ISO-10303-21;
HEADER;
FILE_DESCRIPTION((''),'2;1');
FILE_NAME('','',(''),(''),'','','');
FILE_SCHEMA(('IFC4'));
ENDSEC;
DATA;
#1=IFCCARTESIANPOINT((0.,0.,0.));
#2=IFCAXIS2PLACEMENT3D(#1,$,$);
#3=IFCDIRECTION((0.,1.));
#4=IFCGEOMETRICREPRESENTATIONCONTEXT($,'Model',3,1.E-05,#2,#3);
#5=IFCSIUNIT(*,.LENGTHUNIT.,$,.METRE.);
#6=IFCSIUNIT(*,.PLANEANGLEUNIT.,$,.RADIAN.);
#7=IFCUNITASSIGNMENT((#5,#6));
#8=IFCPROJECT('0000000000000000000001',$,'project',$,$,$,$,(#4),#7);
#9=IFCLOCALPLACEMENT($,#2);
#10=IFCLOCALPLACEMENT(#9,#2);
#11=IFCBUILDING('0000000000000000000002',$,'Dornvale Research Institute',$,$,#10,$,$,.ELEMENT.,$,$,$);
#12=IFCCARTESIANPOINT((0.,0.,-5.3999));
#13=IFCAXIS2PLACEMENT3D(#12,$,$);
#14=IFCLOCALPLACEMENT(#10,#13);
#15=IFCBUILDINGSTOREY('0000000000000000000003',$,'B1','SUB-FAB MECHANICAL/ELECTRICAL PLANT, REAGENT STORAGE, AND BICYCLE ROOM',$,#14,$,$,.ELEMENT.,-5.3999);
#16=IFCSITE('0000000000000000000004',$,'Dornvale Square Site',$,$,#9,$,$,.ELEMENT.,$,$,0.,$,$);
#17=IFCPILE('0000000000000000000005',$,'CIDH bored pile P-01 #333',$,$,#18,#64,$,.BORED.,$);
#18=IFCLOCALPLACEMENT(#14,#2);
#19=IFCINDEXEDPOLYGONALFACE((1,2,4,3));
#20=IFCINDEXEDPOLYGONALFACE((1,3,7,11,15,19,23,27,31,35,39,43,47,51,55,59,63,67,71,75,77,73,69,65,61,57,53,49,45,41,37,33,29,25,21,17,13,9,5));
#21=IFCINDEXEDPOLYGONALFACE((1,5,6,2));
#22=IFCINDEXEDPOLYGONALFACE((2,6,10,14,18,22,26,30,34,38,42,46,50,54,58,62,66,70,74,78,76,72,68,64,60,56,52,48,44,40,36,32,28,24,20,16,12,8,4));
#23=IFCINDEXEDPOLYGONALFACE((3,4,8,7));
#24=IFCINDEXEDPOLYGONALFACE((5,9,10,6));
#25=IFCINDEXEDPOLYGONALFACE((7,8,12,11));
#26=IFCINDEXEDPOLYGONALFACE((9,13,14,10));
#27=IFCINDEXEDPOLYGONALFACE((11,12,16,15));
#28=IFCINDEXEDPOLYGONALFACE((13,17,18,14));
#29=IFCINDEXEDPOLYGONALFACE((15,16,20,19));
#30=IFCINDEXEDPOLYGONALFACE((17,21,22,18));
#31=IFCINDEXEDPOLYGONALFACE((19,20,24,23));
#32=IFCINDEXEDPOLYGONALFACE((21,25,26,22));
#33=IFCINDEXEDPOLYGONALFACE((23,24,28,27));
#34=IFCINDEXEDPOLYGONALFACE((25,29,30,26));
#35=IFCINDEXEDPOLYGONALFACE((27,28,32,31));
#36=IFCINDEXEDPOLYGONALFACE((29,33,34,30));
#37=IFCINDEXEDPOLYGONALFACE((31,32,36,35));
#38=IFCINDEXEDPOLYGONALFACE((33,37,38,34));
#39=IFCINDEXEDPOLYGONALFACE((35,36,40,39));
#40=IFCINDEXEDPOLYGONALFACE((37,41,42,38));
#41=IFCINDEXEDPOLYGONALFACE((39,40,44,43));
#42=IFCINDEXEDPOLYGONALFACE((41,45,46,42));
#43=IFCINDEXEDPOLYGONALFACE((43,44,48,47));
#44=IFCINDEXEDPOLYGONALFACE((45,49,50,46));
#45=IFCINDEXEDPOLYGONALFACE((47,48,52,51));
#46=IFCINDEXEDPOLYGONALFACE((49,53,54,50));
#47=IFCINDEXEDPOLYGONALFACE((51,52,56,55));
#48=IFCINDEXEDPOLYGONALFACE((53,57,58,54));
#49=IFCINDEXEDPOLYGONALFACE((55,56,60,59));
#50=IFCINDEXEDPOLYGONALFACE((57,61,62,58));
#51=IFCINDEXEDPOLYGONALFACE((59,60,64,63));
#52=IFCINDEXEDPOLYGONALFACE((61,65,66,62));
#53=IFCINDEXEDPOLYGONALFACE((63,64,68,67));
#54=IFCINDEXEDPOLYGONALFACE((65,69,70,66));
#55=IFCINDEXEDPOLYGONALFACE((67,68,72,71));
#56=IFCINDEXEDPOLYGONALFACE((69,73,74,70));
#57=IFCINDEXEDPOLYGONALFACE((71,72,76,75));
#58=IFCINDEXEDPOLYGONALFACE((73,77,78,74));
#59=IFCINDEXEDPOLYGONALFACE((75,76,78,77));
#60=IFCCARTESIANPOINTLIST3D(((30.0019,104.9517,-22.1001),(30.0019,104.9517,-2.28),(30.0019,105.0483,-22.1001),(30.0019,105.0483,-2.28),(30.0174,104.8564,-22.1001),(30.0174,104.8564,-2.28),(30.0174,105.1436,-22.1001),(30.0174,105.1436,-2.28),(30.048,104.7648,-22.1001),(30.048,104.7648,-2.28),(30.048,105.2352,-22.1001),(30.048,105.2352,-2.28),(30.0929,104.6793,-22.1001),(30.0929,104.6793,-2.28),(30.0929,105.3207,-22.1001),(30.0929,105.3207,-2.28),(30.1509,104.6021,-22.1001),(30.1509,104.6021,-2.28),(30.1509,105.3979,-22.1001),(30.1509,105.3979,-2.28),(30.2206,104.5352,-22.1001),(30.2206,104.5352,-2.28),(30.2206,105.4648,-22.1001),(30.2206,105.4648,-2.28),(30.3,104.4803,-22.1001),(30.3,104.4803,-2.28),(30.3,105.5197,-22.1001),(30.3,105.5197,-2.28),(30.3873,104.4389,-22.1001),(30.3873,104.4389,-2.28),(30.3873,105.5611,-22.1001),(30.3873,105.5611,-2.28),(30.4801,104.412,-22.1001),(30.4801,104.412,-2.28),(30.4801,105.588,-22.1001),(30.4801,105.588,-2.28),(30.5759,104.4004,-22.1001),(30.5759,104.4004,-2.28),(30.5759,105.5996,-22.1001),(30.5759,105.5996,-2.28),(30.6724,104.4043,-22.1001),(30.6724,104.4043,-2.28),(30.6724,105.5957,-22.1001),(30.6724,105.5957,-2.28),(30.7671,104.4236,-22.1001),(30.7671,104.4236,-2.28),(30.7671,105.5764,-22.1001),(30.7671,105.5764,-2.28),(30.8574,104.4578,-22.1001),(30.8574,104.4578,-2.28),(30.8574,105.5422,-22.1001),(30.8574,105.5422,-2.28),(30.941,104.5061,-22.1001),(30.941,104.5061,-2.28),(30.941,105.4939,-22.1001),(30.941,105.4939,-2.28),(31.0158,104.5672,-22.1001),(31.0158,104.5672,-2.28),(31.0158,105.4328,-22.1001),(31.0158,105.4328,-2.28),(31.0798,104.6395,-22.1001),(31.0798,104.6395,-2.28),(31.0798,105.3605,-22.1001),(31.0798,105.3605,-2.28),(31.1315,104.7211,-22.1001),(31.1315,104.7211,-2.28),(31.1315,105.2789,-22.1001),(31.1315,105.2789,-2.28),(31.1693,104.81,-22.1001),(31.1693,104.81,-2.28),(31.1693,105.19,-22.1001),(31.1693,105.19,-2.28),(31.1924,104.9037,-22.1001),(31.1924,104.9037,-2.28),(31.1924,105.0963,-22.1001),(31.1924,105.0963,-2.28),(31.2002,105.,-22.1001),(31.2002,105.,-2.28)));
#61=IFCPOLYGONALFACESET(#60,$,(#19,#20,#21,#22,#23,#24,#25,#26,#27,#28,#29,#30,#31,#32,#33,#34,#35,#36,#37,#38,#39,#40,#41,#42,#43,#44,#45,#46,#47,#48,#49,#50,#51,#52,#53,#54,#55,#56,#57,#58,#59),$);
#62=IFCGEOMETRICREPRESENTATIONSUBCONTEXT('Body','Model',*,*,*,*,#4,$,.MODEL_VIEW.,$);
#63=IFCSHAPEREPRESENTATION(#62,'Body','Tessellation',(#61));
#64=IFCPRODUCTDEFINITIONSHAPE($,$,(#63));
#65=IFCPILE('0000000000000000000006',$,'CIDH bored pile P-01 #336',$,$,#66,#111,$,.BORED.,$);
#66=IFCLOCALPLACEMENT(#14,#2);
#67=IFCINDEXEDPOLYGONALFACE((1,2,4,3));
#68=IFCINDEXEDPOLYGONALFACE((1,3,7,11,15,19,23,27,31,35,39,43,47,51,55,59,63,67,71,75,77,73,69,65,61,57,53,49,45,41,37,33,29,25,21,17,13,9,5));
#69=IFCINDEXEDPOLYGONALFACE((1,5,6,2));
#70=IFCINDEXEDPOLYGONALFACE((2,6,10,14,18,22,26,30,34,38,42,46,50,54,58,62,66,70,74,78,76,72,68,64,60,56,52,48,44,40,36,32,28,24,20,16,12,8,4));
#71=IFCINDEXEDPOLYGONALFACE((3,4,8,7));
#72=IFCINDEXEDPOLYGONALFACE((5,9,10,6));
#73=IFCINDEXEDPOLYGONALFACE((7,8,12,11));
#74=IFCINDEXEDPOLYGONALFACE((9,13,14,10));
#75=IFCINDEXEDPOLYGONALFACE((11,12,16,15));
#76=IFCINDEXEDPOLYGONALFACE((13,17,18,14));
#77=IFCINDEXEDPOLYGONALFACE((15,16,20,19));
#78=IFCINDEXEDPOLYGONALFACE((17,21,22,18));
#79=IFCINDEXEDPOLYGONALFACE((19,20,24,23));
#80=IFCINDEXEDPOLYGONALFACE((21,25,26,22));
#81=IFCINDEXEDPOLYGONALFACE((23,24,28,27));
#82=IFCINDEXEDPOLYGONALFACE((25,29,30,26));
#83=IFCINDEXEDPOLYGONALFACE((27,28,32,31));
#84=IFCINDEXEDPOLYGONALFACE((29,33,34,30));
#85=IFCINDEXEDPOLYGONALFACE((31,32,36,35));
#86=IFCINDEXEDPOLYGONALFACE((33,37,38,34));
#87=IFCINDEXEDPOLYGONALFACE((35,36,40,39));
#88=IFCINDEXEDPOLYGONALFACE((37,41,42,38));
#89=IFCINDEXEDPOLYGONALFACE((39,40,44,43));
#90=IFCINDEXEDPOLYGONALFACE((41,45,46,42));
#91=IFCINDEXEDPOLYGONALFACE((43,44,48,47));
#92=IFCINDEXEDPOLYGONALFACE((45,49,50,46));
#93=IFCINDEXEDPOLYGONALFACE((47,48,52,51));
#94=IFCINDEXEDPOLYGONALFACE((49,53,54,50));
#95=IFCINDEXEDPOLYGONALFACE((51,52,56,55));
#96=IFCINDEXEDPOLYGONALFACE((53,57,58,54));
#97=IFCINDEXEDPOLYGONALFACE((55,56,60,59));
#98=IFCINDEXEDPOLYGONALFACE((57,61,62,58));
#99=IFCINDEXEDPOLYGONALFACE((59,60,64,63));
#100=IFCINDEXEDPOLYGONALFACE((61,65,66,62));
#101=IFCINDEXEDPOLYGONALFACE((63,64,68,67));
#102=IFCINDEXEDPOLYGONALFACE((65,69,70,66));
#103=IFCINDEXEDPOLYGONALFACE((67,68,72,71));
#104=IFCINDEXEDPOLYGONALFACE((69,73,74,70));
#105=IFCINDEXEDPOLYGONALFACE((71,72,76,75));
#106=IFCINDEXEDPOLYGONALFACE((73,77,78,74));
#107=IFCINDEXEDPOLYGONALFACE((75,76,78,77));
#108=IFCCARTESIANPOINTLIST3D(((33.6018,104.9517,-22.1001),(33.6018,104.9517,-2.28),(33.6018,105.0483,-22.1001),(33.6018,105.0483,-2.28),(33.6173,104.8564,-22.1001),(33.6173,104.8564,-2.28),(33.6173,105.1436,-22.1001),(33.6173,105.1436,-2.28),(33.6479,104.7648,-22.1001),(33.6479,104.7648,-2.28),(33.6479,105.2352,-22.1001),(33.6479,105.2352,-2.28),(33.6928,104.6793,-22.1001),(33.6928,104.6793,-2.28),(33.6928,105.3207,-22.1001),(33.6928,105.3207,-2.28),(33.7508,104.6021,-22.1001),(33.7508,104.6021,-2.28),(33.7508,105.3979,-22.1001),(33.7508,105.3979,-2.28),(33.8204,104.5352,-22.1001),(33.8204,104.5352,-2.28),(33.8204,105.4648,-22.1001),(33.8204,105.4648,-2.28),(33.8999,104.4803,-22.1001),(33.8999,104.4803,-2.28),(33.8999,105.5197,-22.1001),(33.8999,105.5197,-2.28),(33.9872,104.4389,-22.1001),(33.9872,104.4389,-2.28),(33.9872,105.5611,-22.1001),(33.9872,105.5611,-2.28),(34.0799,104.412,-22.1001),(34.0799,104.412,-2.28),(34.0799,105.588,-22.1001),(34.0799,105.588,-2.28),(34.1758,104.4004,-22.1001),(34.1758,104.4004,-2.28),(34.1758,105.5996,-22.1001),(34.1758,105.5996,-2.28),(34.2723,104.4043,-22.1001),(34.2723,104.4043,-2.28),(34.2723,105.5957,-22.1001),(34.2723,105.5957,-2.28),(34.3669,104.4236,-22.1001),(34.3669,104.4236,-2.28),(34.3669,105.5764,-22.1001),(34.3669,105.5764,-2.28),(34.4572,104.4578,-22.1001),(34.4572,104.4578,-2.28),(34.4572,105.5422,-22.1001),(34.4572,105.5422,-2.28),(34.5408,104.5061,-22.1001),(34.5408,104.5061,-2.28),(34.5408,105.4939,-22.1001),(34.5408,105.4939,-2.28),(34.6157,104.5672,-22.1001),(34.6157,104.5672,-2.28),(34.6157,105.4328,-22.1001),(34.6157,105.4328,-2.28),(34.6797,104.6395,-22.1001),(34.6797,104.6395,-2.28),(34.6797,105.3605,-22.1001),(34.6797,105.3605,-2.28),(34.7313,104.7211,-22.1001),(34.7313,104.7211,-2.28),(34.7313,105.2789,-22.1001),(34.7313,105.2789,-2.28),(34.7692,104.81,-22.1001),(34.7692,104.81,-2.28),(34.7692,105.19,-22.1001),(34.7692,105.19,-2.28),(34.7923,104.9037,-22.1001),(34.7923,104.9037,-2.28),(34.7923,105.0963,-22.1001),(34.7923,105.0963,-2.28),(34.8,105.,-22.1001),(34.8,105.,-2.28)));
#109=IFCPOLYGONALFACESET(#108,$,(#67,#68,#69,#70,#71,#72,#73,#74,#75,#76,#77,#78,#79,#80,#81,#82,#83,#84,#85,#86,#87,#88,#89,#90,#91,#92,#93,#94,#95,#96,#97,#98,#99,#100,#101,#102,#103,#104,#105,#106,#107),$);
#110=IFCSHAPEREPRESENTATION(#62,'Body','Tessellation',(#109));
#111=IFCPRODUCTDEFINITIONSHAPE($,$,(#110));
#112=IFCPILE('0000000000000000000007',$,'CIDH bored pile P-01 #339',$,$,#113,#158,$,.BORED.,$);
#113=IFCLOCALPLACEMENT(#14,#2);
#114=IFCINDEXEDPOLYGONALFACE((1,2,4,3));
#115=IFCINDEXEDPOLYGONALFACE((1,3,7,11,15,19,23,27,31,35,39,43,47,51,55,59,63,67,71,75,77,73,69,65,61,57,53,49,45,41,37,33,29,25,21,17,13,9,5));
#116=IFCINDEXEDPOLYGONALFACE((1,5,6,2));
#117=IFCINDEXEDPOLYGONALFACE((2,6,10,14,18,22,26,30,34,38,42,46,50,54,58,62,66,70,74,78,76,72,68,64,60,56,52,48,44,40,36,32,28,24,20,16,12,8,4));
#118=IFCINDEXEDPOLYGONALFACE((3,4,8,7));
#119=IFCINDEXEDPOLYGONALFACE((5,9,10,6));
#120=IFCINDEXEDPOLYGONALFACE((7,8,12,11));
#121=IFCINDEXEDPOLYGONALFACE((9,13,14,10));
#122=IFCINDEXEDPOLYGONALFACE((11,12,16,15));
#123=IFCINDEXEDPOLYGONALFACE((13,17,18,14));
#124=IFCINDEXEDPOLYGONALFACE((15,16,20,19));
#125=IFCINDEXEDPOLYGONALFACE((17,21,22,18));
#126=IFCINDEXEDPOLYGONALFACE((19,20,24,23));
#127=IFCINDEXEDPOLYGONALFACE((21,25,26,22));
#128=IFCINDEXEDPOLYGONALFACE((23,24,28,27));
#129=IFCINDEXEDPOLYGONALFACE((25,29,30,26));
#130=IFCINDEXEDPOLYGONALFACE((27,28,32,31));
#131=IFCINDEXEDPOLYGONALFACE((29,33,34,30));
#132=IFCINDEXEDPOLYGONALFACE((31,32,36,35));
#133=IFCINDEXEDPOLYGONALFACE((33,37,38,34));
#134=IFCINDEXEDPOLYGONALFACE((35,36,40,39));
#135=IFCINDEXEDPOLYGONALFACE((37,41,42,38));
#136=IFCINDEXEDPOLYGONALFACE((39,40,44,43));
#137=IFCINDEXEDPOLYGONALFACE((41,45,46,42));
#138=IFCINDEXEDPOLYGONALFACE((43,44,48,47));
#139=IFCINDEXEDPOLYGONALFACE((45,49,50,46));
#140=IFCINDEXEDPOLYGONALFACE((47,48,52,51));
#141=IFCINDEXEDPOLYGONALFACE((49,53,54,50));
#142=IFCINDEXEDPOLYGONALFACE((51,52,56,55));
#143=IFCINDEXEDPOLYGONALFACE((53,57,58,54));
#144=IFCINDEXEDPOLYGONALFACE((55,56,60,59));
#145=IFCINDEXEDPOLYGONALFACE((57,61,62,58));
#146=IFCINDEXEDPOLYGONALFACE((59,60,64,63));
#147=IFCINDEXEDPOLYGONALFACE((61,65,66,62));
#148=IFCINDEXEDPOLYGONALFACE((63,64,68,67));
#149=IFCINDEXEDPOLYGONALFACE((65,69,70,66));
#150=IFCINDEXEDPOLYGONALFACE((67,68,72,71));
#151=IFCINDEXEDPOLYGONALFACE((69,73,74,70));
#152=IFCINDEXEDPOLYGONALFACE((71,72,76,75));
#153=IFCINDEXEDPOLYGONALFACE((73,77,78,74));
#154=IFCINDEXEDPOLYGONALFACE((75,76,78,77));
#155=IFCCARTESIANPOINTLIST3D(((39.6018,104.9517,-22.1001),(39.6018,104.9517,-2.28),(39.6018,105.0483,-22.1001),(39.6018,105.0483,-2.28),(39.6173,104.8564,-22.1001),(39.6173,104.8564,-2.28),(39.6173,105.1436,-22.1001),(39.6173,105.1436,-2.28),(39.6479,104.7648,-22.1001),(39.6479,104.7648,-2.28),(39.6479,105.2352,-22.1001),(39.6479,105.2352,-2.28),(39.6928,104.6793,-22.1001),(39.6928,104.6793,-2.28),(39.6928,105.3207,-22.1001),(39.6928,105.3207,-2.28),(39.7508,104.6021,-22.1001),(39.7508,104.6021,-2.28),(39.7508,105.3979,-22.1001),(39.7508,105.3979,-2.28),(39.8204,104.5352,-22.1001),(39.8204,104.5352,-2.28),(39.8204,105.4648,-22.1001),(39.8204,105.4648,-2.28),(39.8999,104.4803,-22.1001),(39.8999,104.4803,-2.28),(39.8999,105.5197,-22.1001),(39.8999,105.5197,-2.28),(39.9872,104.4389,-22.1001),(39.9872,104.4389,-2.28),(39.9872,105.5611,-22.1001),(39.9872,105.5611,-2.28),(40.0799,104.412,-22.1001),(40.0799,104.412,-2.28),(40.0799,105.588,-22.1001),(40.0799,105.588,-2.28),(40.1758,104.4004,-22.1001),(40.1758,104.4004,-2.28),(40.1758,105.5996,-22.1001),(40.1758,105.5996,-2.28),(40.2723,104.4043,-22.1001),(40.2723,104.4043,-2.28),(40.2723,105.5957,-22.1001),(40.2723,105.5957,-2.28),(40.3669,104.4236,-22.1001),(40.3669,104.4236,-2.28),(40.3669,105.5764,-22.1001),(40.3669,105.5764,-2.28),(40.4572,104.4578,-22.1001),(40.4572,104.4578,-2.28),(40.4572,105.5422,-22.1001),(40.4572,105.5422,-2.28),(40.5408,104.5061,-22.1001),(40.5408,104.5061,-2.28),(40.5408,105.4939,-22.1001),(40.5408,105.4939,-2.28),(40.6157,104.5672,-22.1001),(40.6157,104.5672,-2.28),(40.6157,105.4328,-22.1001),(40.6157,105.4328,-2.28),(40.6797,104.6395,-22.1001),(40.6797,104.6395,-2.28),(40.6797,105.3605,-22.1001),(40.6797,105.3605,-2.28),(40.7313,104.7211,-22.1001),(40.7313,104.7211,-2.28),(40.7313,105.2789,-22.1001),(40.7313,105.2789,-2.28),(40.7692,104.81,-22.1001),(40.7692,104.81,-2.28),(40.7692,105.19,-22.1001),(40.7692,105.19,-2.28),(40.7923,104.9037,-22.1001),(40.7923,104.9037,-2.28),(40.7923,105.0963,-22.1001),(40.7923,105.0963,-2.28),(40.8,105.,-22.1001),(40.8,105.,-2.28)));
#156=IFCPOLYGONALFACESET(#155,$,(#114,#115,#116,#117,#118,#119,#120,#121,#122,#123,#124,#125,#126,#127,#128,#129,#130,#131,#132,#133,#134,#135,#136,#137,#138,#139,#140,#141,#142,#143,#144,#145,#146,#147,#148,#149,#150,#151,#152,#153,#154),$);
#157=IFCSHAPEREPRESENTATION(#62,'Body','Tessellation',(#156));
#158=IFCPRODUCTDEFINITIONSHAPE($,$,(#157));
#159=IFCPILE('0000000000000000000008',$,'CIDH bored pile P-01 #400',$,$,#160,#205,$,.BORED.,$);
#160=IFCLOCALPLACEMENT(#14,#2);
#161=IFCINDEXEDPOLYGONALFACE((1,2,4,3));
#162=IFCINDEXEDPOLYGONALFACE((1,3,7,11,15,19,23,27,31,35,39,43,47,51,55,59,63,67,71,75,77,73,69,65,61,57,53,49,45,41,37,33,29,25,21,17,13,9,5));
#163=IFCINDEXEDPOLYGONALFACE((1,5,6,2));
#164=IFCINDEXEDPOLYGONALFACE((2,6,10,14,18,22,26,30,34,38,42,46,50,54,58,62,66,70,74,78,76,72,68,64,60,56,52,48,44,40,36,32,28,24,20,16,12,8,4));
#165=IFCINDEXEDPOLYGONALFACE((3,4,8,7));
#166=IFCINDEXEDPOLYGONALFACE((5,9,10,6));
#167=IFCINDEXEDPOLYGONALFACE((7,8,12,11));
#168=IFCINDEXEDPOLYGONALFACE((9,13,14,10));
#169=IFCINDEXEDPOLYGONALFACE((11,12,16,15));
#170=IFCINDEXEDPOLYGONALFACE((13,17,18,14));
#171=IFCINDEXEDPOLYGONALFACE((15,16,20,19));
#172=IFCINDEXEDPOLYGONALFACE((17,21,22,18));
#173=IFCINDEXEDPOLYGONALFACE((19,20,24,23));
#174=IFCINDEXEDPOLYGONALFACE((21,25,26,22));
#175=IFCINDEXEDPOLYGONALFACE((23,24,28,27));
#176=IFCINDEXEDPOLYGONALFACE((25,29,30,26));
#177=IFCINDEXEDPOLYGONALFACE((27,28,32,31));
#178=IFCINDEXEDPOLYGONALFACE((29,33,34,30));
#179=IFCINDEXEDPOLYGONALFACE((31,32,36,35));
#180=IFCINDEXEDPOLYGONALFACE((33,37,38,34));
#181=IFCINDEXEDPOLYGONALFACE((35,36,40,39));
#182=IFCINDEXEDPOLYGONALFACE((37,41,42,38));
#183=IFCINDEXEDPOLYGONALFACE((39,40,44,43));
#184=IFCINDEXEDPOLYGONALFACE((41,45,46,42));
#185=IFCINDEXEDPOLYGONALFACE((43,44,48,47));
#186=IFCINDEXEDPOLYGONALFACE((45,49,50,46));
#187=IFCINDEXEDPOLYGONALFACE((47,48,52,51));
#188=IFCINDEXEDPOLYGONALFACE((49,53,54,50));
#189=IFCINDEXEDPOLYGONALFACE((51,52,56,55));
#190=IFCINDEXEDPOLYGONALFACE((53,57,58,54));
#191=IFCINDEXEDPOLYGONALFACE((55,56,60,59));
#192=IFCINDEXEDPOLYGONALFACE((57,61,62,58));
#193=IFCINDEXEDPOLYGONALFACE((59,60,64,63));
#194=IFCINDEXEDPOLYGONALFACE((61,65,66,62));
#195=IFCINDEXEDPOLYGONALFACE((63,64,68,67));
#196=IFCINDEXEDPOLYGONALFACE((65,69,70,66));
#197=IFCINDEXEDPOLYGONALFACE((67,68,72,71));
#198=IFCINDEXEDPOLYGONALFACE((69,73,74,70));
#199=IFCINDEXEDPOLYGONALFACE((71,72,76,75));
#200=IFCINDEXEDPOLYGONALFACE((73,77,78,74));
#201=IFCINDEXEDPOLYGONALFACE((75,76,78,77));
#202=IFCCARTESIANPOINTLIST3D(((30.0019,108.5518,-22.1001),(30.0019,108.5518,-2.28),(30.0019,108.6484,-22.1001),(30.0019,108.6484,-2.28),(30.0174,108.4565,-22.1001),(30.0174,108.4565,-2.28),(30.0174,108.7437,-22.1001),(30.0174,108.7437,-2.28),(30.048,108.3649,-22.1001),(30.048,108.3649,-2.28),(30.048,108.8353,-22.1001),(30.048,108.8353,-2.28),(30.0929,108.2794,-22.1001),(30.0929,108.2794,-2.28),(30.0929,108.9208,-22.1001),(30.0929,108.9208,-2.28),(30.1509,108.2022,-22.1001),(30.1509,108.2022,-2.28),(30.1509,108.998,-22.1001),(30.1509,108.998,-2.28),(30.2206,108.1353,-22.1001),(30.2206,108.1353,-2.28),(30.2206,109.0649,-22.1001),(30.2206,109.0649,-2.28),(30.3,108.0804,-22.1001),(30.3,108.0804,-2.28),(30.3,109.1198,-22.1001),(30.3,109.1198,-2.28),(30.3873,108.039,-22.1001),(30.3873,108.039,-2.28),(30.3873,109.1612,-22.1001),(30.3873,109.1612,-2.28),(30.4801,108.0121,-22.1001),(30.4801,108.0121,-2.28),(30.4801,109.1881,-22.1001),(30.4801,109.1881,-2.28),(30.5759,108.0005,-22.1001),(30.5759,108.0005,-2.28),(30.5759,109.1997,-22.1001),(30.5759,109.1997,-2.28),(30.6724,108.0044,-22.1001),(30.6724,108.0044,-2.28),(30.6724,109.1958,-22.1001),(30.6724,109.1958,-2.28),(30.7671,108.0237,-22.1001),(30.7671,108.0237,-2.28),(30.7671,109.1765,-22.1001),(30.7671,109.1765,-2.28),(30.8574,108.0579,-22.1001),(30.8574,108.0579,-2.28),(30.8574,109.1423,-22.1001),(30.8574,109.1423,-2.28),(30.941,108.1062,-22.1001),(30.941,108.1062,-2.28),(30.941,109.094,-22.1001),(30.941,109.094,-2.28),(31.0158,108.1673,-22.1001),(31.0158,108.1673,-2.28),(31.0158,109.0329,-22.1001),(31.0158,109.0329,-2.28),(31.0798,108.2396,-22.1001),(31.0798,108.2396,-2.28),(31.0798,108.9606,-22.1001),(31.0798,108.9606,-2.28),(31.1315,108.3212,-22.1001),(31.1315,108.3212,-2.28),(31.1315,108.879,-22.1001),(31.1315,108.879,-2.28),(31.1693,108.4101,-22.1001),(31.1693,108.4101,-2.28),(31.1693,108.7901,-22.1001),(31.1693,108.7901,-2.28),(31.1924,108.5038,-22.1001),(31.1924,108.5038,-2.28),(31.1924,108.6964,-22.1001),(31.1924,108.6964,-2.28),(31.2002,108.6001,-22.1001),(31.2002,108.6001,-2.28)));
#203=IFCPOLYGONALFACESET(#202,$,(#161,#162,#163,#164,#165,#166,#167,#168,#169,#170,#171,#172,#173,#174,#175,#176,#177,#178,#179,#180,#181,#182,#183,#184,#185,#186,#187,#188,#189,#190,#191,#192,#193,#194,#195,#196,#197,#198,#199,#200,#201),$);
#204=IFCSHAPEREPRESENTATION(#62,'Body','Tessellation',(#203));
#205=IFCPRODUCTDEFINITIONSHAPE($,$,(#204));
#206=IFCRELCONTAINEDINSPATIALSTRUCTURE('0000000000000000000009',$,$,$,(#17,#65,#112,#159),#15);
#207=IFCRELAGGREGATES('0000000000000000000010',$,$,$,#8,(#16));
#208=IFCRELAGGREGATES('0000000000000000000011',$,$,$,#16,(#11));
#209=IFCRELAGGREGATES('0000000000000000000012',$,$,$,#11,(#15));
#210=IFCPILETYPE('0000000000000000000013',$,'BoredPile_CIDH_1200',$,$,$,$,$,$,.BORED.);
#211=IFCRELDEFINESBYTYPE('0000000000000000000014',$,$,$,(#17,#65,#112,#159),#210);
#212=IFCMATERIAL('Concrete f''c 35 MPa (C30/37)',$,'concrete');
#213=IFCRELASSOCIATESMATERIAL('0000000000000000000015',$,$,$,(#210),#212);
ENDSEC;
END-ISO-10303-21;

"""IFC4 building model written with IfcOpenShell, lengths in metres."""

from ifc_helpers import new_model, si_unit, direction, frame, origin, origin_2d, place, context, subcontext, project, spatial, circle, extrude, material, material_profile, profile_set, type_object, element, save


model = new_model("IFC4")

# Units and contexts
model_context = context("Model", 3, precision=1e-05, world=origin(), true_north=direction((0.0, 1.0)))
body_context = subcontext(model_context, "Body", "Model", "MODEL_VIEW")
ifc_project = project(units=[si_unit("LENGTHUNIT", "METRE"), si_unit("PLANEANGLEUNIT", "RADIAN")], contexts=[model_context])

# Site, building, storey
site_placement = place(None, origin())
site = spatial("IfcSite", under=ifc_project, at=site_placement, Name="Dornvale Square Site", CompositionType="ELEMENT", RefElevation=0.0)
building_placement = place(site_placement, origin())
building = spatial("IfcBuilding", under=site, at=building_placement, Name="Dornvale Research Institute", CompositionType="ELEMENT")
storey_placement = place(building_placement, frame((0.0, 0.0, -5.3999)))
storey = spatial("IfcBuildingStorey", under=building, at=storey_placement, Name="B1", Description="SUB-FAB MECHANICAL/ELECTRICAL PLANT, REAGENT STORAGE, AND BICYCLE ROOM", CompositionType="ELEMENT", Elevation=-5.3999)

# Piles
ifc_material_1 = material(Name="Concrete f'c 35 MPa (C30/37)", Category="concrete")
ifc_material_profile = material_profile(ifc_material_1, circle(Radius=0.6001, at=origin_2d()), Name="CIDH PILE D1200")
ifc_profile_set = profile_set([ifc_material_profile], Name="Concrete f'c 35 MPa (C30/37)")
pile_type = type_object("IfcPileType", Name="BoredPile_CIDH_1200", PredefinedType="BORED", material=ifc_profile_set)
for number, where, z_axis, x_axis, name in (
    (1, (30.6001, 105.0, -2.28), (0.0, 0.0, -1.0), (1.0, 0.0, 0.0), "CIDH bored pile P-01 #333"),
    (2, (34.2, 105.0, -2.28), (0.0, 0.0, -1.0), (1.0, 0.0, 0.0), "CIDH bored pile P-01 #336"),
    (3, (40.2, 105.0, -2.28), (0.0, 0.0, -1.0), (1.0, 0.0, 0.0), "CIDH bored pile P-01 #339"),
    (4, (30.6001, 108.6001, -2.28), (0.0, 0.0, -1.0), (1.0, 0.0, 0.0), "CIDH bored pile P-01 #400"),
):
    element("IfcPile", number, at=place(storey_placement, frame(where, z_axis=z_axis, x_axis=x_axis)), inside=storey, type_object=pile_type, Name=name, PredefinedType="BORED", context=body_context, shape_type="SweptSolid", body=[
        extrude(circle(Radius=0.6001, at=origin_2d()), origin(), (0.0, 0.0, 1.0), 19.8201),
    ])

save(model, "model.ifc")
